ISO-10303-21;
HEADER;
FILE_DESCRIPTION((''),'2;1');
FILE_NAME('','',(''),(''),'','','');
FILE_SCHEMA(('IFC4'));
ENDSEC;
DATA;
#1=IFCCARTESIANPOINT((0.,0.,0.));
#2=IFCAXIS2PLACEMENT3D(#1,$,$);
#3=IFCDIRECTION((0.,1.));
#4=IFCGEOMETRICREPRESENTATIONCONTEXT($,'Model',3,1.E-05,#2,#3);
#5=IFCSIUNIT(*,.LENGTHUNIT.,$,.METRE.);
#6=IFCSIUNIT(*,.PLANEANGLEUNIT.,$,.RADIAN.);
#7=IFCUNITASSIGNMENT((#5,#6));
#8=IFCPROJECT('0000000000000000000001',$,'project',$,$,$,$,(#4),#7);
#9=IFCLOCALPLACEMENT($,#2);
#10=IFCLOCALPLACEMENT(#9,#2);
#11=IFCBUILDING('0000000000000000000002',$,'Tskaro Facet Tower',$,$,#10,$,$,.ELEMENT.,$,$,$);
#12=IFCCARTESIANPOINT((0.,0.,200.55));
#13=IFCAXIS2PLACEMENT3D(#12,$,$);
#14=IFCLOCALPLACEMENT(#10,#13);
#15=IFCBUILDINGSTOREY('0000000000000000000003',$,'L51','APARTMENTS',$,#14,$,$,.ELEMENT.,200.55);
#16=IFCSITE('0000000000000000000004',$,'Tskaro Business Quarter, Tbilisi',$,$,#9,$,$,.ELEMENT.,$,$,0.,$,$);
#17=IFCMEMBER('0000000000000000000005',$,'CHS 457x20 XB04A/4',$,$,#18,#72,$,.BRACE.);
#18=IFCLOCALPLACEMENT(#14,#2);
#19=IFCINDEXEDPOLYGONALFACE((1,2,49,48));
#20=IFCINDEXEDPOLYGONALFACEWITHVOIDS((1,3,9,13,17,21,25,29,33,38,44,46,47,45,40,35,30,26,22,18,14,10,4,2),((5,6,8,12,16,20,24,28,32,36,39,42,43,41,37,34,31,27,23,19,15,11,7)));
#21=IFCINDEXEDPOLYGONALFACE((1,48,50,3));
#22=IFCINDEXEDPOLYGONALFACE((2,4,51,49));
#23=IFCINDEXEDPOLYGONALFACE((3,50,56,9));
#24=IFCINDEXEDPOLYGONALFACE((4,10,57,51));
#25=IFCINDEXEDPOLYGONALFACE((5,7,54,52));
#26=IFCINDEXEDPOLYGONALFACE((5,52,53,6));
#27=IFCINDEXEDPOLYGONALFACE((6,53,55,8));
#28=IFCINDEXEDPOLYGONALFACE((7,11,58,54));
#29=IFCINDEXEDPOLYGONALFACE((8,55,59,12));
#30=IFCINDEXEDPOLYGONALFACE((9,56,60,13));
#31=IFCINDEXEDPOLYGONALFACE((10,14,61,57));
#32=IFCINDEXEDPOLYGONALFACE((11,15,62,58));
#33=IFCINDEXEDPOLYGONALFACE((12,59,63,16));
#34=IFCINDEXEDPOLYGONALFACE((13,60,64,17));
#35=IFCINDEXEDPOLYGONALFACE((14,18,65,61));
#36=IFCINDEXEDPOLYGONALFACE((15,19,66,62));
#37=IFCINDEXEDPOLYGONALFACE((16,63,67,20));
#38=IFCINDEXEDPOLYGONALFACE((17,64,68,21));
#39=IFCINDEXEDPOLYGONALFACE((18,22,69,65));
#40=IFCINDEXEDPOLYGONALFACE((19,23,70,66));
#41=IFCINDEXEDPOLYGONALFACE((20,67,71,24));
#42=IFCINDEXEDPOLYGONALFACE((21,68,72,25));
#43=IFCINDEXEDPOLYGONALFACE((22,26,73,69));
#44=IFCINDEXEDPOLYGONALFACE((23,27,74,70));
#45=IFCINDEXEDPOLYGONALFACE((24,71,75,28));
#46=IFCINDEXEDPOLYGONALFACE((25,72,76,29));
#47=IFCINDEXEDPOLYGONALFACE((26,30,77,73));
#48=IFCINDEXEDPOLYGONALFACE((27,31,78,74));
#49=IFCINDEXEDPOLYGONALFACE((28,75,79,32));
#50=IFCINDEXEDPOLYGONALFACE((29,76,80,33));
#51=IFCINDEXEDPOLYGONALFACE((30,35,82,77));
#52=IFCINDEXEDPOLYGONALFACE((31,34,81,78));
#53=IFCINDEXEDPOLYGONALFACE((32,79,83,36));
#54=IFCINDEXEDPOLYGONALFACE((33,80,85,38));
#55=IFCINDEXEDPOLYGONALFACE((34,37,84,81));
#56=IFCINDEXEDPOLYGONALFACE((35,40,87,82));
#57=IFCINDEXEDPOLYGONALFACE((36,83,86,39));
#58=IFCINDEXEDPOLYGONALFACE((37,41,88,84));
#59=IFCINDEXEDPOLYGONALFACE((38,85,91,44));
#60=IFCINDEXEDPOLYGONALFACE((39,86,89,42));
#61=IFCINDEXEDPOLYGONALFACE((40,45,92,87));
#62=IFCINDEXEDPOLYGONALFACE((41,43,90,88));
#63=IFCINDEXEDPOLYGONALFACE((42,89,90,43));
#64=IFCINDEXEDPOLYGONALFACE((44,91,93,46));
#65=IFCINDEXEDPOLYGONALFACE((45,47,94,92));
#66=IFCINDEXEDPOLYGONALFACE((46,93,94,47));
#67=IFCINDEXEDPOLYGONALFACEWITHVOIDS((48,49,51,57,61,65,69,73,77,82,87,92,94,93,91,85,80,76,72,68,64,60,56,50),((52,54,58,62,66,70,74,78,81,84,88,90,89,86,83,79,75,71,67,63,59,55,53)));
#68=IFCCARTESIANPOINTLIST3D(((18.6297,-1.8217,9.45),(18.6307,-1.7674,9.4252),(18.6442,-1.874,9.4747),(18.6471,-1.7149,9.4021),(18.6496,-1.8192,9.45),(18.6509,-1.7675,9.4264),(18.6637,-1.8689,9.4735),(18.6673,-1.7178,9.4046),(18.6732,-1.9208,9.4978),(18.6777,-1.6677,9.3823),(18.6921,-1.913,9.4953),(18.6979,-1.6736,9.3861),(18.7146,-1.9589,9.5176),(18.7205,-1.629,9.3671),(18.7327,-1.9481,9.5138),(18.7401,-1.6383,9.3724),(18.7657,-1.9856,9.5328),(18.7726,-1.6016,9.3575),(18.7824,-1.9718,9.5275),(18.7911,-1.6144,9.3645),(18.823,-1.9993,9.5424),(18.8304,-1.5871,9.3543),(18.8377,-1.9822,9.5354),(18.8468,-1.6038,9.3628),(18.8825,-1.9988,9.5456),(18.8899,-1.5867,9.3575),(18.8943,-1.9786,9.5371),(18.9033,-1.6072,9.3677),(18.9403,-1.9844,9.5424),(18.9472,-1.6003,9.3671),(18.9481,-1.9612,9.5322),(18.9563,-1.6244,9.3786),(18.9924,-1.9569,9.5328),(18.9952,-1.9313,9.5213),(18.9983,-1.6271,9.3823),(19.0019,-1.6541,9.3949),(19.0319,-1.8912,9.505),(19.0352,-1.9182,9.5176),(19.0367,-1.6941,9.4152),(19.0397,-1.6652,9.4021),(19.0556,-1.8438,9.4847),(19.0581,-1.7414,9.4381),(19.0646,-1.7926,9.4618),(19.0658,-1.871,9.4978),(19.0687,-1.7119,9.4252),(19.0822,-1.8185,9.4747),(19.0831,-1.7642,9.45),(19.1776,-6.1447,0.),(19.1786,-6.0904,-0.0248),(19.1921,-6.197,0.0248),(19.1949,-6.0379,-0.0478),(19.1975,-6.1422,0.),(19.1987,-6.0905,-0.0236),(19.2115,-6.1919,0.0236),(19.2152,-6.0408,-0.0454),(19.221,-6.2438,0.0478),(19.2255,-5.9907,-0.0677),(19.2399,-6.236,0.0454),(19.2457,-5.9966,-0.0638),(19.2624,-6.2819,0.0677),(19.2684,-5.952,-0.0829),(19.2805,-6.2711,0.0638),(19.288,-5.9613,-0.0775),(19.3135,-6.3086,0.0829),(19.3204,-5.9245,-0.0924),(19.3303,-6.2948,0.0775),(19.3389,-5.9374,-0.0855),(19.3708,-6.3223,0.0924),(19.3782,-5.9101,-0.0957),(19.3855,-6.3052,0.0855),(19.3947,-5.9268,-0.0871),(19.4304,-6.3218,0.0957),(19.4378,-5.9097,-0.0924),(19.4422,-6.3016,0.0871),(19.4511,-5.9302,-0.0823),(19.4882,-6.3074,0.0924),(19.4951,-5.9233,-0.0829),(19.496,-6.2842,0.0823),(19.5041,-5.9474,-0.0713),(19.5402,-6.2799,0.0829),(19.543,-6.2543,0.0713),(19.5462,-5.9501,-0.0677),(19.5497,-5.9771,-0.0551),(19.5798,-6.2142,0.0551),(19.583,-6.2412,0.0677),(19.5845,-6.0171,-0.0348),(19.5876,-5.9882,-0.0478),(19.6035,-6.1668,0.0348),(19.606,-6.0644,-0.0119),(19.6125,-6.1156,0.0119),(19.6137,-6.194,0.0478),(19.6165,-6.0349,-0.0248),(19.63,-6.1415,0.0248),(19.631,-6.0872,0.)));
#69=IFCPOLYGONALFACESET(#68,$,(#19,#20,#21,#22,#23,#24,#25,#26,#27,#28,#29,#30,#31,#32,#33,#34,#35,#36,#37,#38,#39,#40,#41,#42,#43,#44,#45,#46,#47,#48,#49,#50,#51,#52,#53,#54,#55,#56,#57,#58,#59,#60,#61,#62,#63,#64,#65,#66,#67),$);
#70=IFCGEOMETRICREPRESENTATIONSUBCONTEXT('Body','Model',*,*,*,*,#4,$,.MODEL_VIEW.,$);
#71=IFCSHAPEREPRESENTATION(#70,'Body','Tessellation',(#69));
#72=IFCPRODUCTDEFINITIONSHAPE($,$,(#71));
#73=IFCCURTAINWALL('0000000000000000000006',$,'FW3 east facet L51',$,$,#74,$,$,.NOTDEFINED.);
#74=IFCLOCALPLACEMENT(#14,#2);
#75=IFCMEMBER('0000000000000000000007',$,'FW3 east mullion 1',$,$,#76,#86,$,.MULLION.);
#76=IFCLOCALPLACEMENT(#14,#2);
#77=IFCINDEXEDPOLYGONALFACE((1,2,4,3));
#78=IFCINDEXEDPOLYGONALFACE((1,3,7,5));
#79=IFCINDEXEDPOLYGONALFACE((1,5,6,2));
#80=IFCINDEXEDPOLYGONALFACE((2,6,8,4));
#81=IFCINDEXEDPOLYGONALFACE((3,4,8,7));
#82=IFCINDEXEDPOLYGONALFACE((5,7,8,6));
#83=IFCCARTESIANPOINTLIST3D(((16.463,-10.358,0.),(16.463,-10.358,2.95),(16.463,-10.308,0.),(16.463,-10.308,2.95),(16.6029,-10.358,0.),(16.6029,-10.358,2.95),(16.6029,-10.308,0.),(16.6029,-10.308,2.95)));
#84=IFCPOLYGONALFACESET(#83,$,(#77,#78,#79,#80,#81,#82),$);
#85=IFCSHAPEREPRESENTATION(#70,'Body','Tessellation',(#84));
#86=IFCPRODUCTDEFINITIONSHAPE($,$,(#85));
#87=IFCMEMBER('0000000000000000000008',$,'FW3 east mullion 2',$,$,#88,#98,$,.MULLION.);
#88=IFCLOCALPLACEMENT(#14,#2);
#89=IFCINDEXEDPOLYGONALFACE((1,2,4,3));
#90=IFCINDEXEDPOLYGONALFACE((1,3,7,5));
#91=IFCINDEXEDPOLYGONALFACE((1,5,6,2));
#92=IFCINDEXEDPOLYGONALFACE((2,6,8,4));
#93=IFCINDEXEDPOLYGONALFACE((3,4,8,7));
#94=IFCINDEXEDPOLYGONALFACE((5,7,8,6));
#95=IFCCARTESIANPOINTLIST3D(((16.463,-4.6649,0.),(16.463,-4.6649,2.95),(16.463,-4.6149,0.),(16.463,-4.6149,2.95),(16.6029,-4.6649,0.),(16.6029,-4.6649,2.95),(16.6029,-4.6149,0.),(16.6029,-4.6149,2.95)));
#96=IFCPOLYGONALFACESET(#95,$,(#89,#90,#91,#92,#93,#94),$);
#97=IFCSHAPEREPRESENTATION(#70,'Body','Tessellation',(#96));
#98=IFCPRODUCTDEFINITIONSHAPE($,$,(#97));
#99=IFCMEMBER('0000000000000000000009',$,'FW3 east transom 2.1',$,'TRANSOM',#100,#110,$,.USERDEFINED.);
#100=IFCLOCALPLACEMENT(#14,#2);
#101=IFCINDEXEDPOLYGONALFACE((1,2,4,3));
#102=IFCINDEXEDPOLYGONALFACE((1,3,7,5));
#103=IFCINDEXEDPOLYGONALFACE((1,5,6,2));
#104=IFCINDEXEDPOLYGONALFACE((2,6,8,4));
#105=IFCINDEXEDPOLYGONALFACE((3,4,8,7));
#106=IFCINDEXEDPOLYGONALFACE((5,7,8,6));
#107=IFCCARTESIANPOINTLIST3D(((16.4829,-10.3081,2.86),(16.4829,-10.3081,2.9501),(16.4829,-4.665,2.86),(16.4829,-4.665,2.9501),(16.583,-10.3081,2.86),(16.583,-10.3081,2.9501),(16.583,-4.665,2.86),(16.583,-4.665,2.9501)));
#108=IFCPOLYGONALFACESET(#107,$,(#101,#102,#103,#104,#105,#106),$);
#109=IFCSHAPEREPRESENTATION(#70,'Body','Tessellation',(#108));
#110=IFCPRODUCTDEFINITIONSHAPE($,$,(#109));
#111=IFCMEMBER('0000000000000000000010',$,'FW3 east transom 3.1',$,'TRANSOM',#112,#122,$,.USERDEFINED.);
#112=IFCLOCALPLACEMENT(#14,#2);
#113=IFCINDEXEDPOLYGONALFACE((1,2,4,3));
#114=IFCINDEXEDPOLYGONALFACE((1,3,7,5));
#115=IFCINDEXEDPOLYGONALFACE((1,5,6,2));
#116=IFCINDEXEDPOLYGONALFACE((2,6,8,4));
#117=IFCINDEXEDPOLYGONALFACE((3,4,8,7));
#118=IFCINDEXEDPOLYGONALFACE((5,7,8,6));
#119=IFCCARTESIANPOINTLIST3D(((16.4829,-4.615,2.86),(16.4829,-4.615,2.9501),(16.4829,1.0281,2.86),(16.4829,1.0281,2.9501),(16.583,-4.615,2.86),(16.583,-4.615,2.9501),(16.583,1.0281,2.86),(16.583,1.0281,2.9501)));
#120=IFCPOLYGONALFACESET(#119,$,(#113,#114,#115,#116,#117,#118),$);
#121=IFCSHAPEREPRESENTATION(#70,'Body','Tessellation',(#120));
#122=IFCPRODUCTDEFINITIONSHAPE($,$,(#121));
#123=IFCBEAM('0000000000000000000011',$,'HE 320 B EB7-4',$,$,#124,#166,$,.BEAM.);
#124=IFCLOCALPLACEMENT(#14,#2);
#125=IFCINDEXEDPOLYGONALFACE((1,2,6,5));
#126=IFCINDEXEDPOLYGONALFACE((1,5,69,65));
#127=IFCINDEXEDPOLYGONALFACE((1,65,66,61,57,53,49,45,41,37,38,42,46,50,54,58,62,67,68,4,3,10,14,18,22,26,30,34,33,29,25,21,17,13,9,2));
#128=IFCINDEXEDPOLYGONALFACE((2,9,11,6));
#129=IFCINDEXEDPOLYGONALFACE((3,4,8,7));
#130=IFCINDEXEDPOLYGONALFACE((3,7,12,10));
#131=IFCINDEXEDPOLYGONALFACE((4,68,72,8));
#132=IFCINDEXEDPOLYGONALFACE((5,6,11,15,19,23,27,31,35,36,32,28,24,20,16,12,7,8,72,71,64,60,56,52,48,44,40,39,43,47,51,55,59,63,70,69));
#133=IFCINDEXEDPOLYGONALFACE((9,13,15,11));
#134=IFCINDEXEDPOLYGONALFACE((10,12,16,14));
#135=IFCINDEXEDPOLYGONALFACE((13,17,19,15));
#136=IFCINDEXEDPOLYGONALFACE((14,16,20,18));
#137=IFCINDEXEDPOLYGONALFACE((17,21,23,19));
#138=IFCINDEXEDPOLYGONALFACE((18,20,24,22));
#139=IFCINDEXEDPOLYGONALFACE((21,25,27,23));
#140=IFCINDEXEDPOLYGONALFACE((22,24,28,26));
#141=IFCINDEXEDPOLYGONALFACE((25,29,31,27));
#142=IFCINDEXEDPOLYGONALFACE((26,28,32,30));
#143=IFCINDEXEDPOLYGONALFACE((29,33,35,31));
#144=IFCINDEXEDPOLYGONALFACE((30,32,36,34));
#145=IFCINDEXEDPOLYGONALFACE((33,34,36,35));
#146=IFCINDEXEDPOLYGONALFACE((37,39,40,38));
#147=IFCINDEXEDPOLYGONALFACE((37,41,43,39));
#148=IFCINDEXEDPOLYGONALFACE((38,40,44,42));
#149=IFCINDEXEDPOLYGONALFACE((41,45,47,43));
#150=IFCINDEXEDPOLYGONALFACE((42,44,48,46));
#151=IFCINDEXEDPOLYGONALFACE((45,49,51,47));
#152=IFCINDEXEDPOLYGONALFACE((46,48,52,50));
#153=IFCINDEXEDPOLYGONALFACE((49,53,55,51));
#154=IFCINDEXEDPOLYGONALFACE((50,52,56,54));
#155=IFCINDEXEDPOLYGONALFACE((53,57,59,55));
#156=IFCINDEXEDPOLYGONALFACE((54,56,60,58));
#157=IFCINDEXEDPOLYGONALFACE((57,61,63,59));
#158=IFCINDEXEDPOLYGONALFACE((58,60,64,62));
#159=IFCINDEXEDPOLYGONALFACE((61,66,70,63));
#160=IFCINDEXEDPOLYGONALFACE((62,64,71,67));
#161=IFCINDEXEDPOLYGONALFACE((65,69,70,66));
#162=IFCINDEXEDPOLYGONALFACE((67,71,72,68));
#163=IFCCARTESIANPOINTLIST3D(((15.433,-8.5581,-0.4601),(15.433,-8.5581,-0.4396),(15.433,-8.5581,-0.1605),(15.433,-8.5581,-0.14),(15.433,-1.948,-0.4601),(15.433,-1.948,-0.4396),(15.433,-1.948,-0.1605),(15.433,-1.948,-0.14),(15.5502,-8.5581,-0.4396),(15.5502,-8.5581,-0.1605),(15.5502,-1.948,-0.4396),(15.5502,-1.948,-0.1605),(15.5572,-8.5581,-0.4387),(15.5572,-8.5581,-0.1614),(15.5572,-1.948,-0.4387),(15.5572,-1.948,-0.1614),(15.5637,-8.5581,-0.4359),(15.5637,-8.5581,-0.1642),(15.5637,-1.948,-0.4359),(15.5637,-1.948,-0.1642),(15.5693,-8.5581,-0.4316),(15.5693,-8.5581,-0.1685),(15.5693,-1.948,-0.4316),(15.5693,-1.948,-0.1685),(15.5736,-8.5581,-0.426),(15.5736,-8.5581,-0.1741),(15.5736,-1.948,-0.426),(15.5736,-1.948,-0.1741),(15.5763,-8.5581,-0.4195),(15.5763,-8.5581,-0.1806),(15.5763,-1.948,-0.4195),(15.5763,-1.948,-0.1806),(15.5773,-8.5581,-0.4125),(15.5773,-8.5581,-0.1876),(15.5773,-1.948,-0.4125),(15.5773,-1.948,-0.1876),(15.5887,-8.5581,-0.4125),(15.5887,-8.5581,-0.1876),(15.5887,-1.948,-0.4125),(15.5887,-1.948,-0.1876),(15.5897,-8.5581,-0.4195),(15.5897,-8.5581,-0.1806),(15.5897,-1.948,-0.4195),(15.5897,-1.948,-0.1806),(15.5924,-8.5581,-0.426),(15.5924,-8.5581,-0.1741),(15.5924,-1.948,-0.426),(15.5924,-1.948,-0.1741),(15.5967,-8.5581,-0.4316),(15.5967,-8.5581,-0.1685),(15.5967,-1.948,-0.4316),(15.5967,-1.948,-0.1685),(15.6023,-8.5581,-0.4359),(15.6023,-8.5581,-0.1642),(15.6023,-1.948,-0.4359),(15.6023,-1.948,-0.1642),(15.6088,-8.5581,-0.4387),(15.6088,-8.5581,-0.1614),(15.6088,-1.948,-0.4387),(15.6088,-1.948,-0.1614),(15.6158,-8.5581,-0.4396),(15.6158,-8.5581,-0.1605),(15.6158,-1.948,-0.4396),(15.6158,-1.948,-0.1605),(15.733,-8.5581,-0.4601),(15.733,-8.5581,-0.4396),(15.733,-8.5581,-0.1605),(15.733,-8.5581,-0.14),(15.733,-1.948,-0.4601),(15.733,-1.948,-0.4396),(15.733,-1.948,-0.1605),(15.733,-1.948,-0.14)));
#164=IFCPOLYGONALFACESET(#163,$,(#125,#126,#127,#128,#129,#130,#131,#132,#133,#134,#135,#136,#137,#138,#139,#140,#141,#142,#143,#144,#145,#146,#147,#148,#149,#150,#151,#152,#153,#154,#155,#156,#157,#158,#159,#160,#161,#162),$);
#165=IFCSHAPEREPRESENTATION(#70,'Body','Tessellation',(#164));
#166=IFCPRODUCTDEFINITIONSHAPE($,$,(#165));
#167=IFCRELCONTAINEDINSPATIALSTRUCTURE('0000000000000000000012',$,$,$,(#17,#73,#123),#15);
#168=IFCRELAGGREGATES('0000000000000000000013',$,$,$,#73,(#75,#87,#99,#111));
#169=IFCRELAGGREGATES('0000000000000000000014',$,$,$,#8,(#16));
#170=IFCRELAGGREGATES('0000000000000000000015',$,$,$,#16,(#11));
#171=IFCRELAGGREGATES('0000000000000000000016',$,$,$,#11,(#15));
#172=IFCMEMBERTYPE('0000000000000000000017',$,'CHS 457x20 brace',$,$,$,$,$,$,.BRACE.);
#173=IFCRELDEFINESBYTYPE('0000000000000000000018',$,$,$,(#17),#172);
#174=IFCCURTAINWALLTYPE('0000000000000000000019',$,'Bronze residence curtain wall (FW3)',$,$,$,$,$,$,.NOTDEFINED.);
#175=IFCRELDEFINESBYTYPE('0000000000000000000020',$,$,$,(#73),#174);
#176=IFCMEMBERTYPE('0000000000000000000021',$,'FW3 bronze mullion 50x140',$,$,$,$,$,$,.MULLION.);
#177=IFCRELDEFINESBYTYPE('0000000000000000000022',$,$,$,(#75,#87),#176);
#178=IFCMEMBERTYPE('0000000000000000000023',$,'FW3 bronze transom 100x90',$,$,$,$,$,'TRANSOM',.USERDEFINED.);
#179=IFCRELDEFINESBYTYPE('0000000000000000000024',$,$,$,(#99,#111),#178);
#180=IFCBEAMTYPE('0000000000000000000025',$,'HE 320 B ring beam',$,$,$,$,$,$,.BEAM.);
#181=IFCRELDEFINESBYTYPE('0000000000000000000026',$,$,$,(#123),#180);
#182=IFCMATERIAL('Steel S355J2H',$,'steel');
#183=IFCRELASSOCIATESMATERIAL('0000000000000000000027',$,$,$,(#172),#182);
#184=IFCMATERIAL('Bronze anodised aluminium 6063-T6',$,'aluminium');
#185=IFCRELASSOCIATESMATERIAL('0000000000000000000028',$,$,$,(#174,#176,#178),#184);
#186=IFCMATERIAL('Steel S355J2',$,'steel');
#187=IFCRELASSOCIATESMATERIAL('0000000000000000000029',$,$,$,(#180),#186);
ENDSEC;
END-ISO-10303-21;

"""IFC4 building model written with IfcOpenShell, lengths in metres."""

from ifc_helpers import new_model, si_unit, direction, frame, origin, origin_2d, place, context, subcontext, project, spatial, rectangle, hollow_circle, i_section, extrude, material, material_profile, profile_set, type_object, element, aggregate, save


model = new_model("IFC4")

# Units and contexts
model_context = context("Model", 3, precision=1e-05, world=origin(), true_north=direction((0.0, 1.0)))
body_context = subcontext(model_context, "Body", "Model", "MODEL_VIEW")
ifc_project = project(units=[si_unit("LENGTHUNIT", "METRE"), si_unit("PLANEANGLEUNIT", "RADIAN")], contexts=[model_context])

# Site, building, storey
site_placement = place(None, origin())
site = spatial("IfcSite", under=ifc_project, at=site_placement, Name="Tskaro Business Quarter, Tbilisi", CompositionType="ELEMENT", RefElevation=0.0)
building_placement = place(site_placement, origin())
building = spatial("IfcBuilding", under=site, at=building_placement, Name="Tskaro Facet Tower", CompositionType="ELEMENT")
storey_placement = place(building_placement, frame((0.0, 0.0, 200.55)))
storey = spatial("IfcBuildingStorey", under=building, at=storey_placement, Name="L51", Description="APARTMENTS", CompositionType="ELEMENT", Elevation=200.55)

# Shared definitions
ifc_material_1 = material(Name="Steel S355J2H", Category="steel")

# Member
ifc_material_profile_1 = material_profile(ifc_material_1, hollow_circle(Radius=0.2285, WallThickness=0.02, at=origin_2d()), Name="CHS 457x20")
ifc_profile_set_1 = profile_set([ifc_material_profile_1], Name="Steel S355J2H")
member_type_1 = type_object("IfcMemberType", Name="CHS 457x20 brace", PredefinedType="BRACE", material=ifc_profile_set_1)
member_1_placement = place(storey_placement, frame((19.4043, -6.116, 0.0), z_axis=(-0.052646, 0.415423, 0.908103), x_axis=(-0.992065, -0.125724, 0.0)))
element("IfcMember", 1, at=member_1_placement, inside=storey, type_object=member_type_1, Name="CHS 457x20 XB04A/4", PredefinedType="BRACE", context=body_context, shape_type="SweptSolid", body=[
    extrude(hollow_circle(Radius=0.2285, WallThickness=0.02, at=origin_2d()), origin(), (0.0, 0.0, 1.0), 10.4062),
])

# Curtain wall, members
ifc_material_2 = material(Name="Bronze anodised aluminium 6063-T6", Category="aluminium")
curtain_wall_type = type_object("IfcCurtainWallType", Name="Bronze residence curtain wall (FW3)", PredefinedType="NOTDEFINED", material=ifc_material_2)
curtain_wall_placement = place(storey_placement, origin())
curtain_wall = element("IfcCurtainWall", 2, at=curtain_wall_placement, inside=storey, type_object=curtain_wall_type, Name="FW3 east facet L51", PredefinedType="NOTDEFINED")
ifc_material_profile_2 = material_profile(ifc_material_2, rectangle(XDim=0.05, YDim=0.1399, at=origin_2d()), Name="Mullion 50x140")
ifc_profile_set_2 = profile_set([ifc_material_profile_2], Name="Bronze anodised aluminium 6063-T6")
member_type_2 = type_object("IfcMemberType", Name="FW3 bronze mullion 50x140", PredefinedType="MULLION", material=ifc_profile_set_2)
member_2_placement = place(storey_placement, frame((16.533, -10.333, 0.0), z_axis=(0.0, 0.0, 1.0), x_axis=(0.0, 1.0, 0.0)))
member_2 = element("IfcMember", 3, at=member_2_placement, type_object=member_type_2, Name="FW3 east mullion 1", PredefinedType="MULLION", context=body_context, shape_type="SweptSolid", body=[
    extrude(rectangle(XDim=0.05, YDim=0.1399, at=origin_2d()), origin(), (0.0, 0.0, 1.0), 2.95),
])
member_3_placement = place(storey_placement, frame((16.533, -4.6399, 0.0), z_axis=(0.0, 0.0, 1.0), x_axis=(0.0, 1.0, 0.0)))
member_3 = element("IfcMember", 4, at=member_3_placement, type_object=member_type_2, Name="FW3 east mullion 2", PredefinedType="MULLION", context=body_context, shape_type="SweptSolid", body=[
    extrude(rectangle(XDim=0.05, YDim=0.1399, at=origin_2d()), origin(), (0.0, 0.0, 1.0), 2.95),
])
ifc_material_profile_3 = material_profile(ifc_material_2, rectangle(XDim=0.1001, YDim=0.0901, at=origin_2d()), Name="Transom 100x90")
ifc_profile_set_3 = profile_set([ifc_material_profile_3], Name="Bronze anodised aluminium 6063-T6")
member_type_3 = type_object("IfcMemberType", Name="FW3 bronze transom 100x90", ElementType="TRANSOM", PredefinedType="USERDEFINED", material=ifc_profile_set_3)
member_4_placement = place(storey_placement, frame((16.533, -10.3081, 2.905), z_axis=(0.0, 1.0, 0.0), x_axis=(-1.0, 0.0, 0.0)))
member_4 = element("IfcMember", 5, at=member_4_placement, type_object=member_type_3, Name="FW3 east transom 2.1", ObjectType="TRANSOM", PredefinedType="USERDEFINED", context=body_context, shape_type="SweptSolid", body=[
    extrude(rectangle(XDim=0.1001, YDim=0.0901, at=origin_2d()), origin(), (0.0, 0.0, 1.0), 5.6431),
])
member_5_placement = place(storey_placement, frame((16.533, -4.615, 2.905), z_axis=(0.0, 1.0, 0.0), x_axis=(-1.0, 0.0, 0.0)))
member_5 = element("IfcMember", 6, at=member_5_placement, type_object=member_type_3, Name="FW3 east transom 3.1", ObjectType="TRANSOM", PredefinedType="USERDEFINED", context=body_context, shape_type="SweptSolid", body=[
    extrude(rectangle(XDim=0.1001, YDim=0.0901, at=origin_2d()), origin(), (0.0, 0.0, 1.0), 5.6431),
])

# Beam
ifc_material_3 = material(Name="Steel S355J2", Category="steel")
ifc_material_profile_4 = material_profile(ifc_material_3, i_section(OverallWidth=0.3, OverallDepth=0.3201, WebThickness=0.0115, FlangeThickness=0.0205, FilletRadius=0.0271, at=origin_2d()), Name="HE 320 B")
ifc_profile_set_4 = profile_set([ifc_material_profile_4], Name="Steel S355J2")
beam_type_1 = type_object("IfcBeamType", Name="HE 320 B ring beam", PredefinedType="BEAM", material=ifc_profile_set_4)
beam_1_placement = place(storey_placement, frame((15.583, -8.5581, -0.3), z_axis=(0.0, 1.0, 0.0), x_axis=(-1.0, 0.0, 0.0)))
element("IfcBeam", 7, at=beam_1_placement, inside=storey, type_object=beam_type_1, Name="HE 320 B EB7-4", PredefinedType="BEAM", context=body_context, shape_type="SweptSolid", body=[
    extrude(i_section(OverallWidth=0.3, OverallDepth=0.3201, WebThickness=0.0115, FlangeThickness=0.0205, FilletRadius=0.0271, at=origin_2d()), origin(), (0.0, 0.0, 1.0), 6.6101),
])

aggregate(curtain_wall, [member_2, member_3, member_4, member_5])

save(model, "model.ifc")
